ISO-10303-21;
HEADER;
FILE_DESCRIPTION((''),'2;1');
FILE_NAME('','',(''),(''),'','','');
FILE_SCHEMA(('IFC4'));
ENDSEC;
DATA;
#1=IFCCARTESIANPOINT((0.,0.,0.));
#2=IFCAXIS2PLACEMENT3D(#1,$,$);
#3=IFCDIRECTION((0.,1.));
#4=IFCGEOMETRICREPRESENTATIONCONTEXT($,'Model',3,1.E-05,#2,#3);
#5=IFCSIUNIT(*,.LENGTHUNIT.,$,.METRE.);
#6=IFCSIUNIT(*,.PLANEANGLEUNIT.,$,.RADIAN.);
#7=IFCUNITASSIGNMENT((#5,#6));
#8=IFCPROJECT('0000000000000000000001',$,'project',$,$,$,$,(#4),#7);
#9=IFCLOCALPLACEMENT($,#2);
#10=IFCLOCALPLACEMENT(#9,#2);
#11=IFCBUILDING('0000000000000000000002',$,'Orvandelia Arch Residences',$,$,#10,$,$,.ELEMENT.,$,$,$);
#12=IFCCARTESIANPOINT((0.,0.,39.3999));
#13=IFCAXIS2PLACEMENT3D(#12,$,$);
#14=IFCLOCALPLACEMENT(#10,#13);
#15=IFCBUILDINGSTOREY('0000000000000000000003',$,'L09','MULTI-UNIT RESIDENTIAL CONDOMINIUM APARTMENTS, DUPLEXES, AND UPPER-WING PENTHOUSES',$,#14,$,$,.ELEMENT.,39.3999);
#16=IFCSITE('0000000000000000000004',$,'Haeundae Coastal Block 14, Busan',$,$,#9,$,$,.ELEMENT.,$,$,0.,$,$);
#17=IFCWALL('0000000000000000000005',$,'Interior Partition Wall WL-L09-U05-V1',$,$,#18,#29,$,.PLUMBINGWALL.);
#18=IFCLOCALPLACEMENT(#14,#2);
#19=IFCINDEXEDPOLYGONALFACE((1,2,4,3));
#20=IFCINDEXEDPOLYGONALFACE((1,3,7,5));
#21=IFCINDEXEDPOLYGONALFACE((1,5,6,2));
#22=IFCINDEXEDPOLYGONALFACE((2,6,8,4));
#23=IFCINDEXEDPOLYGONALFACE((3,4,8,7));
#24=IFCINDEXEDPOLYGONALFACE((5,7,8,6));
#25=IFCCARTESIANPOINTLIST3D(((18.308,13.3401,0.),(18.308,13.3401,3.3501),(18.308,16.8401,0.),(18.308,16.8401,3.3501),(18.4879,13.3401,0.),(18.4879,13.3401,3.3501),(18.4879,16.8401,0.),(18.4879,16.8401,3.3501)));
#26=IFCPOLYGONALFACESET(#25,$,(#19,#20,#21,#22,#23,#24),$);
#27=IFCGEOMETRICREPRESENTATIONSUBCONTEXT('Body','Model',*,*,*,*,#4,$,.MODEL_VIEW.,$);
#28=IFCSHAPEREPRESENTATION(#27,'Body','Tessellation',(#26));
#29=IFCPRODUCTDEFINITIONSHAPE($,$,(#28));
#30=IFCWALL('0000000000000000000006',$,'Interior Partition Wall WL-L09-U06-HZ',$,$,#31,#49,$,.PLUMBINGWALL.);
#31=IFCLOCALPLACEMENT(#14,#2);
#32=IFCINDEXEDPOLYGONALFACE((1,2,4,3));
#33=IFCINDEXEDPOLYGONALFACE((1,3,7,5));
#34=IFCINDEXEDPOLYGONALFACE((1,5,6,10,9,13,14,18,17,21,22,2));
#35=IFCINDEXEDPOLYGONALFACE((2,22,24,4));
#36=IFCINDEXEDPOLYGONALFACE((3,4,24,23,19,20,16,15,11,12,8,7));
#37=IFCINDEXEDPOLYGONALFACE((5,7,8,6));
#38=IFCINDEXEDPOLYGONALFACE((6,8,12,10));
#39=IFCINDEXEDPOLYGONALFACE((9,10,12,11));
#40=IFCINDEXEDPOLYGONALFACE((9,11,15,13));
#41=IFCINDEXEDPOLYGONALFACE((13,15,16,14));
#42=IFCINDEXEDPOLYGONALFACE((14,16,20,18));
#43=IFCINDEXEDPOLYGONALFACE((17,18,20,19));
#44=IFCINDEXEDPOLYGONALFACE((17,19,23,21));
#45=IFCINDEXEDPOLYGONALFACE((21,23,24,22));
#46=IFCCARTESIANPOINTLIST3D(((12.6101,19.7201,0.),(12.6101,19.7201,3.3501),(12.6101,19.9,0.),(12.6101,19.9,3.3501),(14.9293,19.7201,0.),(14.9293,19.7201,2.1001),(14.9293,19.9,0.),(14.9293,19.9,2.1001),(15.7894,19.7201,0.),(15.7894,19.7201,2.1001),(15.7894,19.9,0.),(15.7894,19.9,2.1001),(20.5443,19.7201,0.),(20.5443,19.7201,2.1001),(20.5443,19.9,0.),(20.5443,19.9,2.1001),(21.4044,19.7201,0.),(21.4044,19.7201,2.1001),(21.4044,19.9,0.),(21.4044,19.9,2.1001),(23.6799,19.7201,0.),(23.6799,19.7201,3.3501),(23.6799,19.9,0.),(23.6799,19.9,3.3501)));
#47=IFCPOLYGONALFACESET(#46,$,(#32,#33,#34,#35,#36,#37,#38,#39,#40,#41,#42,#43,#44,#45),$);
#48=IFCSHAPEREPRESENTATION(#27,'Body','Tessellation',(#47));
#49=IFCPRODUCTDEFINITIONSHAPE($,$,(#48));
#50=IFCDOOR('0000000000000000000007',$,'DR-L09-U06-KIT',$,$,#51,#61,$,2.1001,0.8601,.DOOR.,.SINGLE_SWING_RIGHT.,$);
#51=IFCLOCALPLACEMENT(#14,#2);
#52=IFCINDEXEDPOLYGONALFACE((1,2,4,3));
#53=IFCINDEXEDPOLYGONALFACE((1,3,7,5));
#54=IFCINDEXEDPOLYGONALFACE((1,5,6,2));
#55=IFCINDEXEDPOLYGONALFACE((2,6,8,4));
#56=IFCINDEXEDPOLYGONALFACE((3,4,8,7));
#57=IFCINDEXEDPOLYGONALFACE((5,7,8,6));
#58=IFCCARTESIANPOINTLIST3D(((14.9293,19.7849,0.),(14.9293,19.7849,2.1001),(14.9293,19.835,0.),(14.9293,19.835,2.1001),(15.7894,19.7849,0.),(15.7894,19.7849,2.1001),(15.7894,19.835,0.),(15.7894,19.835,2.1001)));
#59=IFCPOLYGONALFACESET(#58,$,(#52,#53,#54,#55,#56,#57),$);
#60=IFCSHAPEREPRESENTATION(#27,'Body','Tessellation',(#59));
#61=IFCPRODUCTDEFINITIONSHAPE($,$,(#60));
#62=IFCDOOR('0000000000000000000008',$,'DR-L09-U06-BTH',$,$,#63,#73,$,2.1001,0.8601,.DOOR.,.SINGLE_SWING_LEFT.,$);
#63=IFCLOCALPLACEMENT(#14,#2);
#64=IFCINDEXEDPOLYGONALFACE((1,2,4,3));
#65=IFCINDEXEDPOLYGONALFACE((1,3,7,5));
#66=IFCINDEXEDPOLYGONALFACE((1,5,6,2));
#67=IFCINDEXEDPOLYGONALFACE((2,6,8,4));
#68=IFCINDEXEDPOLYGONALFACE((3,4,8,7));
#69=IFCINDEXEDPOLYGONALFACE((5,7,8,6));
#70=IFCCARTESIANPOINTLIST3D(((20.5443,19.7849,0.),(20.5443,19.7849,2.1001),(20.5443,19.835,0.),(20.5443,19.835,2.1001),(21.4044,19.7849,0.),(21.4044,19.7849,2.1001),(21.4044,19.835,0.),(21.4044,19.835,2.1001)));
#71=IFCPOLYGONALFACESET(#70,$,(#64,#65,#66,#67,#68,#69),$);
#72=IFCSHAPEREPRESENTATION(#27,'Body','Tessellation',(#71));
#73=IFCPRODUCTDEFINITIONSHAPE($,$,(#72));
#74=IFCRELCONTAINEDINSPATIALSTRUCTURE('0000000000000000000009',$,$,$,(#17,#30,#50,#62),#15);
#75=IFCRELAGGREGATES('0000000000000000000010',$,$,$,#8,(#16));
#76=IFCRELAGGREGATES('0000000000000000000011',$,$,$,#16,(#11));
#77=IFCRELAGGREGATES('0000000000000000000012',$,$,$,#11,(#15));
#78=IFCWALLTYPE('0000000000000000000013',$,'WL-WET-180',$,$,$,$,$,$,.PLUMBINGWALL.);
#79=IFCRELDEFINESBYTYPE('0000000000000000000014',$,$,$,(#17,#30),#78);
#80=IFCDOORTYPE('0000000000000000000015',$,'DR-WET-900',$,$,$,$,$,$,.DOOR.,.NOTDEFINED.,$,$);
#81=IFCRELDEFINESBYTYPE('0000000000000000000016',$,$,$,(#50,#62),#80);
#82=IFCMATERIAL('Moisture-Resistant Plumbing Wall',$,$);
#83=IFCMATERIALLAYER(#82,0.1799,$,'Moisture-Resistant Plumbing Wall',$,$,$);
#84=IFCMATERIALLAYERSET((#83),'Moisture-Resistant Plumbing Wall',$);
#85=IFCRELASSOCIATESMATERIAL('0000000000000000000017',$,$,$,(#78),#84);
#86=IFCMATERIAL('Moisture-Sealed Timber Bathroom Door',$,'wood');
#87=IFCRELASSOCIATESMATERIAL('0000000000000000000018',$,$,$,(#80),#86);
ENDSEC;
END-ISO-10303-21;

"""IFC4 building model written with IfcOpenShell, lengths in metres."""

from ifc_helpers import new_model, si_unit, direction, frame, frame_2d, origin, place, context, subcontext, project, spatial, rectangle, extrude, material, layer, layer_set, type_object, element, fill, save


model = new_model("IFC4")

# Units and contexts
model_context = context("Model", 3, precision=1e-05, world=origin(), true_north=direction((0.0, 1.0)))
body_context = subcontext(model_context, "Body", "Model", "MODEL_VIEW")
ifc_project = project(units=[si_unit("LENGTHUNIT", "METRE"), si_unit("PLANEANGLEUNIT", "RADIAN")], contexts=[model_context])

# Site, building, storey
site_placement = place(None, origin())
site = spatial("IfcSite", under=ifc_project, at=site_placement, Name="Haeundae Coastal Block 14, Busan", CompositionType="ELEMENT", RefElevation=0.0)
building_placement = place(site_placement, origin())
building = spatial("IfcBuilding", under=site, at=building_placement, Name="Orvandelia Arch Residences", CompositionType="ELEMENT")
storey_placement = place(building_placement, frame((0.0, 0.0, 39.3999)))
storey = spatial("IfcBuildingStorey", under=building, at=storey_placement, Name="L09", Description="MULTI-UNIT RESIDENTIAL CONDOMINIUM APARTMENTS, DUPLEXES, AND UPPER-WING PENTHOUSES", CompositionType="ELEMENT", Elevation=39.3999)

# Shared definitions
ifc_material_1 = material(Name="Moisture-Resistant Plumbing Wall")
ifc_layer_1 = layer(ifc_material_1, 0.1799, Name="Moisture-Resistant Plumbing Wall")
ifc_layer_set_1 = layer_set([ifc_layer_1], Name="Moisture-Resistant Plumbing Wall")
wall_type_1 = type_object("IfcWallType", Name="WL-WET-180", PredefinedType="PLUMBINGWALL", material=ifc_layer_set_1)
ifc_material_2 = material(Name="Moisture-Sealed Timber Bathroom Door", Category="wood")
door_type_1 = type_object("IfcDoorType", Name="DR-WET-900", OperationType="NOTDEFINED", PredefinedType="DOOR", material=ifc_material_2)

# Wall
wall_1_placement = place(storey_placement, frame((18.3979, 13.3401, 0.0), z_axis=(0.0, 0.0, 1.0), x_axis=(0.0, 1.0, 0.0)))
element("IfcWall", 1, at=wall_1_placement, inside=storey, type_object=wall_type_1, Name="Interior Partition Wall WL-L09-U05-V1", PredefinedType="PLUMBINGWALL", context=body_context, shape_type="SweptSolid", body=[
    extrude(rectangle(XDim=3.5, YDim=0.1799, at=frame_2d((1.75, 0.0))), origin(), (0.0, 0.0, 1.0), 3.3501),
])

# Wall, openings, doors
wall_2_placement = place(storey_placement, frame((12.6101, 19.8101, 0.0), z_axis=(0.0, 0.0, 1.0), x_axis=(1.0, 0.0, 0.0)))
wall_2 = element("IfcWall", 2, at=wall_2_placement, inside=storey, type_object=wall_type_1, Name="Interior Partition Wall WL-L09-U06-HZ", PredefinedType="PLUMBINGWALL", context=body_context, shape_type="SweptSolid", body=[
    extrude(rectangle(XDim=11.0698, YDim=0.1799, at=frame_2d((5.5349, 0.0))), origin(), (0.0, 0.0, 1.0), 3.3501),
])
opening_1_placement = place(wall_2_placement, frame((2.3191, 0.0, 0.0)))
opening_1 = element("IfcOpeningElement", 3, at=opening_1_placement, cuts=wall_2, PredefinedType="OPENING", context=body_context, shape_type="SweptSolid", body=[
    extrude(rectangle(XDim=0.8601, YDim=2.1001, at=frame_2d((0.4302, 1.05))), frame((0.0, 0.1001, 0.0), z_axis=(0.0, -1.0, 0.0), x_axis=(1.0, 0.0, 0.0)), (0.0, 0.0, 1.0), 0.2),
])
opening_2_placement = place(wall_2_placement, frame((7.9341, 0.0, 0.0)))
opening_2 = element("IfcOpeningElement", 4, at=opening_2_placement, cuts=wall_2, PredefinedType="OPENING", context=body_context, shape_type="SweptSolid", body=[
    extrude(rectangle(XDim=0.8601, YDim=2.1001, at=frame_2d((0.4302, 1.05))), frame((0.0, 0.1001, 0.0), z_axis=(0.0, -1.0, 0.0), x_axis=(1.0, 0.0, 0.0)), (0.0, 0.0, 1.0), 0.2),
])
door_1_placement = place(opening_1_placement, origin())
door_1 = element("IfcDoor", 5, at=door_1_placement, inside=storey, type_object=door_type_1, Name="DR-L09-U06-KIT", OperationType="SINGLE_SWING_RIGHT", OverallHeight=2.1001, OverallWidth=0.8601, PredefinedType="DOOR", context=body_context, shape_type="SweptSolid", body=[
    extrude(rectangle(XDim=0.8601, YDim=2.1001, at=frame_2d((0.4302, 1.05))), frame((0.0, 0.0249, 0.0), z_axis=(0.0, -1.0, 0.0), x_axis=(1.0, 0.0, 0.0)), (0.0, 0.0, 1.0), 0.05),
])
fill(opening_1, door_1)
door_2_placement = place(opening_2_placement, origin())
door_2 = element("IfcDoor", 6, at=door_2_placement, inside=storey, type_object=door_type_1, Name="DR-L09-U06-BTH", OperationType="SINGLE_SWING_LEFT", OverallHeight=2.1001, OverallWidth=0.8601, PredefinedType="DOOR", context=body_context, shape_type="SweptSolid", body=[
    extrude(rectangle(XDim=0.8601, YDim=2.1001, at=frame_2d((0.4302, 1.05))), frame((0.0, 0.0249, 0.0), z_axis=(0.0, -1.0, 0.0), x_axis=(1.0, 0.0, 0.0)), (0.0, 0.0, 1.0), 0.05),
])
fill(opening_2, door_2)

save(model, "model.ifc")
